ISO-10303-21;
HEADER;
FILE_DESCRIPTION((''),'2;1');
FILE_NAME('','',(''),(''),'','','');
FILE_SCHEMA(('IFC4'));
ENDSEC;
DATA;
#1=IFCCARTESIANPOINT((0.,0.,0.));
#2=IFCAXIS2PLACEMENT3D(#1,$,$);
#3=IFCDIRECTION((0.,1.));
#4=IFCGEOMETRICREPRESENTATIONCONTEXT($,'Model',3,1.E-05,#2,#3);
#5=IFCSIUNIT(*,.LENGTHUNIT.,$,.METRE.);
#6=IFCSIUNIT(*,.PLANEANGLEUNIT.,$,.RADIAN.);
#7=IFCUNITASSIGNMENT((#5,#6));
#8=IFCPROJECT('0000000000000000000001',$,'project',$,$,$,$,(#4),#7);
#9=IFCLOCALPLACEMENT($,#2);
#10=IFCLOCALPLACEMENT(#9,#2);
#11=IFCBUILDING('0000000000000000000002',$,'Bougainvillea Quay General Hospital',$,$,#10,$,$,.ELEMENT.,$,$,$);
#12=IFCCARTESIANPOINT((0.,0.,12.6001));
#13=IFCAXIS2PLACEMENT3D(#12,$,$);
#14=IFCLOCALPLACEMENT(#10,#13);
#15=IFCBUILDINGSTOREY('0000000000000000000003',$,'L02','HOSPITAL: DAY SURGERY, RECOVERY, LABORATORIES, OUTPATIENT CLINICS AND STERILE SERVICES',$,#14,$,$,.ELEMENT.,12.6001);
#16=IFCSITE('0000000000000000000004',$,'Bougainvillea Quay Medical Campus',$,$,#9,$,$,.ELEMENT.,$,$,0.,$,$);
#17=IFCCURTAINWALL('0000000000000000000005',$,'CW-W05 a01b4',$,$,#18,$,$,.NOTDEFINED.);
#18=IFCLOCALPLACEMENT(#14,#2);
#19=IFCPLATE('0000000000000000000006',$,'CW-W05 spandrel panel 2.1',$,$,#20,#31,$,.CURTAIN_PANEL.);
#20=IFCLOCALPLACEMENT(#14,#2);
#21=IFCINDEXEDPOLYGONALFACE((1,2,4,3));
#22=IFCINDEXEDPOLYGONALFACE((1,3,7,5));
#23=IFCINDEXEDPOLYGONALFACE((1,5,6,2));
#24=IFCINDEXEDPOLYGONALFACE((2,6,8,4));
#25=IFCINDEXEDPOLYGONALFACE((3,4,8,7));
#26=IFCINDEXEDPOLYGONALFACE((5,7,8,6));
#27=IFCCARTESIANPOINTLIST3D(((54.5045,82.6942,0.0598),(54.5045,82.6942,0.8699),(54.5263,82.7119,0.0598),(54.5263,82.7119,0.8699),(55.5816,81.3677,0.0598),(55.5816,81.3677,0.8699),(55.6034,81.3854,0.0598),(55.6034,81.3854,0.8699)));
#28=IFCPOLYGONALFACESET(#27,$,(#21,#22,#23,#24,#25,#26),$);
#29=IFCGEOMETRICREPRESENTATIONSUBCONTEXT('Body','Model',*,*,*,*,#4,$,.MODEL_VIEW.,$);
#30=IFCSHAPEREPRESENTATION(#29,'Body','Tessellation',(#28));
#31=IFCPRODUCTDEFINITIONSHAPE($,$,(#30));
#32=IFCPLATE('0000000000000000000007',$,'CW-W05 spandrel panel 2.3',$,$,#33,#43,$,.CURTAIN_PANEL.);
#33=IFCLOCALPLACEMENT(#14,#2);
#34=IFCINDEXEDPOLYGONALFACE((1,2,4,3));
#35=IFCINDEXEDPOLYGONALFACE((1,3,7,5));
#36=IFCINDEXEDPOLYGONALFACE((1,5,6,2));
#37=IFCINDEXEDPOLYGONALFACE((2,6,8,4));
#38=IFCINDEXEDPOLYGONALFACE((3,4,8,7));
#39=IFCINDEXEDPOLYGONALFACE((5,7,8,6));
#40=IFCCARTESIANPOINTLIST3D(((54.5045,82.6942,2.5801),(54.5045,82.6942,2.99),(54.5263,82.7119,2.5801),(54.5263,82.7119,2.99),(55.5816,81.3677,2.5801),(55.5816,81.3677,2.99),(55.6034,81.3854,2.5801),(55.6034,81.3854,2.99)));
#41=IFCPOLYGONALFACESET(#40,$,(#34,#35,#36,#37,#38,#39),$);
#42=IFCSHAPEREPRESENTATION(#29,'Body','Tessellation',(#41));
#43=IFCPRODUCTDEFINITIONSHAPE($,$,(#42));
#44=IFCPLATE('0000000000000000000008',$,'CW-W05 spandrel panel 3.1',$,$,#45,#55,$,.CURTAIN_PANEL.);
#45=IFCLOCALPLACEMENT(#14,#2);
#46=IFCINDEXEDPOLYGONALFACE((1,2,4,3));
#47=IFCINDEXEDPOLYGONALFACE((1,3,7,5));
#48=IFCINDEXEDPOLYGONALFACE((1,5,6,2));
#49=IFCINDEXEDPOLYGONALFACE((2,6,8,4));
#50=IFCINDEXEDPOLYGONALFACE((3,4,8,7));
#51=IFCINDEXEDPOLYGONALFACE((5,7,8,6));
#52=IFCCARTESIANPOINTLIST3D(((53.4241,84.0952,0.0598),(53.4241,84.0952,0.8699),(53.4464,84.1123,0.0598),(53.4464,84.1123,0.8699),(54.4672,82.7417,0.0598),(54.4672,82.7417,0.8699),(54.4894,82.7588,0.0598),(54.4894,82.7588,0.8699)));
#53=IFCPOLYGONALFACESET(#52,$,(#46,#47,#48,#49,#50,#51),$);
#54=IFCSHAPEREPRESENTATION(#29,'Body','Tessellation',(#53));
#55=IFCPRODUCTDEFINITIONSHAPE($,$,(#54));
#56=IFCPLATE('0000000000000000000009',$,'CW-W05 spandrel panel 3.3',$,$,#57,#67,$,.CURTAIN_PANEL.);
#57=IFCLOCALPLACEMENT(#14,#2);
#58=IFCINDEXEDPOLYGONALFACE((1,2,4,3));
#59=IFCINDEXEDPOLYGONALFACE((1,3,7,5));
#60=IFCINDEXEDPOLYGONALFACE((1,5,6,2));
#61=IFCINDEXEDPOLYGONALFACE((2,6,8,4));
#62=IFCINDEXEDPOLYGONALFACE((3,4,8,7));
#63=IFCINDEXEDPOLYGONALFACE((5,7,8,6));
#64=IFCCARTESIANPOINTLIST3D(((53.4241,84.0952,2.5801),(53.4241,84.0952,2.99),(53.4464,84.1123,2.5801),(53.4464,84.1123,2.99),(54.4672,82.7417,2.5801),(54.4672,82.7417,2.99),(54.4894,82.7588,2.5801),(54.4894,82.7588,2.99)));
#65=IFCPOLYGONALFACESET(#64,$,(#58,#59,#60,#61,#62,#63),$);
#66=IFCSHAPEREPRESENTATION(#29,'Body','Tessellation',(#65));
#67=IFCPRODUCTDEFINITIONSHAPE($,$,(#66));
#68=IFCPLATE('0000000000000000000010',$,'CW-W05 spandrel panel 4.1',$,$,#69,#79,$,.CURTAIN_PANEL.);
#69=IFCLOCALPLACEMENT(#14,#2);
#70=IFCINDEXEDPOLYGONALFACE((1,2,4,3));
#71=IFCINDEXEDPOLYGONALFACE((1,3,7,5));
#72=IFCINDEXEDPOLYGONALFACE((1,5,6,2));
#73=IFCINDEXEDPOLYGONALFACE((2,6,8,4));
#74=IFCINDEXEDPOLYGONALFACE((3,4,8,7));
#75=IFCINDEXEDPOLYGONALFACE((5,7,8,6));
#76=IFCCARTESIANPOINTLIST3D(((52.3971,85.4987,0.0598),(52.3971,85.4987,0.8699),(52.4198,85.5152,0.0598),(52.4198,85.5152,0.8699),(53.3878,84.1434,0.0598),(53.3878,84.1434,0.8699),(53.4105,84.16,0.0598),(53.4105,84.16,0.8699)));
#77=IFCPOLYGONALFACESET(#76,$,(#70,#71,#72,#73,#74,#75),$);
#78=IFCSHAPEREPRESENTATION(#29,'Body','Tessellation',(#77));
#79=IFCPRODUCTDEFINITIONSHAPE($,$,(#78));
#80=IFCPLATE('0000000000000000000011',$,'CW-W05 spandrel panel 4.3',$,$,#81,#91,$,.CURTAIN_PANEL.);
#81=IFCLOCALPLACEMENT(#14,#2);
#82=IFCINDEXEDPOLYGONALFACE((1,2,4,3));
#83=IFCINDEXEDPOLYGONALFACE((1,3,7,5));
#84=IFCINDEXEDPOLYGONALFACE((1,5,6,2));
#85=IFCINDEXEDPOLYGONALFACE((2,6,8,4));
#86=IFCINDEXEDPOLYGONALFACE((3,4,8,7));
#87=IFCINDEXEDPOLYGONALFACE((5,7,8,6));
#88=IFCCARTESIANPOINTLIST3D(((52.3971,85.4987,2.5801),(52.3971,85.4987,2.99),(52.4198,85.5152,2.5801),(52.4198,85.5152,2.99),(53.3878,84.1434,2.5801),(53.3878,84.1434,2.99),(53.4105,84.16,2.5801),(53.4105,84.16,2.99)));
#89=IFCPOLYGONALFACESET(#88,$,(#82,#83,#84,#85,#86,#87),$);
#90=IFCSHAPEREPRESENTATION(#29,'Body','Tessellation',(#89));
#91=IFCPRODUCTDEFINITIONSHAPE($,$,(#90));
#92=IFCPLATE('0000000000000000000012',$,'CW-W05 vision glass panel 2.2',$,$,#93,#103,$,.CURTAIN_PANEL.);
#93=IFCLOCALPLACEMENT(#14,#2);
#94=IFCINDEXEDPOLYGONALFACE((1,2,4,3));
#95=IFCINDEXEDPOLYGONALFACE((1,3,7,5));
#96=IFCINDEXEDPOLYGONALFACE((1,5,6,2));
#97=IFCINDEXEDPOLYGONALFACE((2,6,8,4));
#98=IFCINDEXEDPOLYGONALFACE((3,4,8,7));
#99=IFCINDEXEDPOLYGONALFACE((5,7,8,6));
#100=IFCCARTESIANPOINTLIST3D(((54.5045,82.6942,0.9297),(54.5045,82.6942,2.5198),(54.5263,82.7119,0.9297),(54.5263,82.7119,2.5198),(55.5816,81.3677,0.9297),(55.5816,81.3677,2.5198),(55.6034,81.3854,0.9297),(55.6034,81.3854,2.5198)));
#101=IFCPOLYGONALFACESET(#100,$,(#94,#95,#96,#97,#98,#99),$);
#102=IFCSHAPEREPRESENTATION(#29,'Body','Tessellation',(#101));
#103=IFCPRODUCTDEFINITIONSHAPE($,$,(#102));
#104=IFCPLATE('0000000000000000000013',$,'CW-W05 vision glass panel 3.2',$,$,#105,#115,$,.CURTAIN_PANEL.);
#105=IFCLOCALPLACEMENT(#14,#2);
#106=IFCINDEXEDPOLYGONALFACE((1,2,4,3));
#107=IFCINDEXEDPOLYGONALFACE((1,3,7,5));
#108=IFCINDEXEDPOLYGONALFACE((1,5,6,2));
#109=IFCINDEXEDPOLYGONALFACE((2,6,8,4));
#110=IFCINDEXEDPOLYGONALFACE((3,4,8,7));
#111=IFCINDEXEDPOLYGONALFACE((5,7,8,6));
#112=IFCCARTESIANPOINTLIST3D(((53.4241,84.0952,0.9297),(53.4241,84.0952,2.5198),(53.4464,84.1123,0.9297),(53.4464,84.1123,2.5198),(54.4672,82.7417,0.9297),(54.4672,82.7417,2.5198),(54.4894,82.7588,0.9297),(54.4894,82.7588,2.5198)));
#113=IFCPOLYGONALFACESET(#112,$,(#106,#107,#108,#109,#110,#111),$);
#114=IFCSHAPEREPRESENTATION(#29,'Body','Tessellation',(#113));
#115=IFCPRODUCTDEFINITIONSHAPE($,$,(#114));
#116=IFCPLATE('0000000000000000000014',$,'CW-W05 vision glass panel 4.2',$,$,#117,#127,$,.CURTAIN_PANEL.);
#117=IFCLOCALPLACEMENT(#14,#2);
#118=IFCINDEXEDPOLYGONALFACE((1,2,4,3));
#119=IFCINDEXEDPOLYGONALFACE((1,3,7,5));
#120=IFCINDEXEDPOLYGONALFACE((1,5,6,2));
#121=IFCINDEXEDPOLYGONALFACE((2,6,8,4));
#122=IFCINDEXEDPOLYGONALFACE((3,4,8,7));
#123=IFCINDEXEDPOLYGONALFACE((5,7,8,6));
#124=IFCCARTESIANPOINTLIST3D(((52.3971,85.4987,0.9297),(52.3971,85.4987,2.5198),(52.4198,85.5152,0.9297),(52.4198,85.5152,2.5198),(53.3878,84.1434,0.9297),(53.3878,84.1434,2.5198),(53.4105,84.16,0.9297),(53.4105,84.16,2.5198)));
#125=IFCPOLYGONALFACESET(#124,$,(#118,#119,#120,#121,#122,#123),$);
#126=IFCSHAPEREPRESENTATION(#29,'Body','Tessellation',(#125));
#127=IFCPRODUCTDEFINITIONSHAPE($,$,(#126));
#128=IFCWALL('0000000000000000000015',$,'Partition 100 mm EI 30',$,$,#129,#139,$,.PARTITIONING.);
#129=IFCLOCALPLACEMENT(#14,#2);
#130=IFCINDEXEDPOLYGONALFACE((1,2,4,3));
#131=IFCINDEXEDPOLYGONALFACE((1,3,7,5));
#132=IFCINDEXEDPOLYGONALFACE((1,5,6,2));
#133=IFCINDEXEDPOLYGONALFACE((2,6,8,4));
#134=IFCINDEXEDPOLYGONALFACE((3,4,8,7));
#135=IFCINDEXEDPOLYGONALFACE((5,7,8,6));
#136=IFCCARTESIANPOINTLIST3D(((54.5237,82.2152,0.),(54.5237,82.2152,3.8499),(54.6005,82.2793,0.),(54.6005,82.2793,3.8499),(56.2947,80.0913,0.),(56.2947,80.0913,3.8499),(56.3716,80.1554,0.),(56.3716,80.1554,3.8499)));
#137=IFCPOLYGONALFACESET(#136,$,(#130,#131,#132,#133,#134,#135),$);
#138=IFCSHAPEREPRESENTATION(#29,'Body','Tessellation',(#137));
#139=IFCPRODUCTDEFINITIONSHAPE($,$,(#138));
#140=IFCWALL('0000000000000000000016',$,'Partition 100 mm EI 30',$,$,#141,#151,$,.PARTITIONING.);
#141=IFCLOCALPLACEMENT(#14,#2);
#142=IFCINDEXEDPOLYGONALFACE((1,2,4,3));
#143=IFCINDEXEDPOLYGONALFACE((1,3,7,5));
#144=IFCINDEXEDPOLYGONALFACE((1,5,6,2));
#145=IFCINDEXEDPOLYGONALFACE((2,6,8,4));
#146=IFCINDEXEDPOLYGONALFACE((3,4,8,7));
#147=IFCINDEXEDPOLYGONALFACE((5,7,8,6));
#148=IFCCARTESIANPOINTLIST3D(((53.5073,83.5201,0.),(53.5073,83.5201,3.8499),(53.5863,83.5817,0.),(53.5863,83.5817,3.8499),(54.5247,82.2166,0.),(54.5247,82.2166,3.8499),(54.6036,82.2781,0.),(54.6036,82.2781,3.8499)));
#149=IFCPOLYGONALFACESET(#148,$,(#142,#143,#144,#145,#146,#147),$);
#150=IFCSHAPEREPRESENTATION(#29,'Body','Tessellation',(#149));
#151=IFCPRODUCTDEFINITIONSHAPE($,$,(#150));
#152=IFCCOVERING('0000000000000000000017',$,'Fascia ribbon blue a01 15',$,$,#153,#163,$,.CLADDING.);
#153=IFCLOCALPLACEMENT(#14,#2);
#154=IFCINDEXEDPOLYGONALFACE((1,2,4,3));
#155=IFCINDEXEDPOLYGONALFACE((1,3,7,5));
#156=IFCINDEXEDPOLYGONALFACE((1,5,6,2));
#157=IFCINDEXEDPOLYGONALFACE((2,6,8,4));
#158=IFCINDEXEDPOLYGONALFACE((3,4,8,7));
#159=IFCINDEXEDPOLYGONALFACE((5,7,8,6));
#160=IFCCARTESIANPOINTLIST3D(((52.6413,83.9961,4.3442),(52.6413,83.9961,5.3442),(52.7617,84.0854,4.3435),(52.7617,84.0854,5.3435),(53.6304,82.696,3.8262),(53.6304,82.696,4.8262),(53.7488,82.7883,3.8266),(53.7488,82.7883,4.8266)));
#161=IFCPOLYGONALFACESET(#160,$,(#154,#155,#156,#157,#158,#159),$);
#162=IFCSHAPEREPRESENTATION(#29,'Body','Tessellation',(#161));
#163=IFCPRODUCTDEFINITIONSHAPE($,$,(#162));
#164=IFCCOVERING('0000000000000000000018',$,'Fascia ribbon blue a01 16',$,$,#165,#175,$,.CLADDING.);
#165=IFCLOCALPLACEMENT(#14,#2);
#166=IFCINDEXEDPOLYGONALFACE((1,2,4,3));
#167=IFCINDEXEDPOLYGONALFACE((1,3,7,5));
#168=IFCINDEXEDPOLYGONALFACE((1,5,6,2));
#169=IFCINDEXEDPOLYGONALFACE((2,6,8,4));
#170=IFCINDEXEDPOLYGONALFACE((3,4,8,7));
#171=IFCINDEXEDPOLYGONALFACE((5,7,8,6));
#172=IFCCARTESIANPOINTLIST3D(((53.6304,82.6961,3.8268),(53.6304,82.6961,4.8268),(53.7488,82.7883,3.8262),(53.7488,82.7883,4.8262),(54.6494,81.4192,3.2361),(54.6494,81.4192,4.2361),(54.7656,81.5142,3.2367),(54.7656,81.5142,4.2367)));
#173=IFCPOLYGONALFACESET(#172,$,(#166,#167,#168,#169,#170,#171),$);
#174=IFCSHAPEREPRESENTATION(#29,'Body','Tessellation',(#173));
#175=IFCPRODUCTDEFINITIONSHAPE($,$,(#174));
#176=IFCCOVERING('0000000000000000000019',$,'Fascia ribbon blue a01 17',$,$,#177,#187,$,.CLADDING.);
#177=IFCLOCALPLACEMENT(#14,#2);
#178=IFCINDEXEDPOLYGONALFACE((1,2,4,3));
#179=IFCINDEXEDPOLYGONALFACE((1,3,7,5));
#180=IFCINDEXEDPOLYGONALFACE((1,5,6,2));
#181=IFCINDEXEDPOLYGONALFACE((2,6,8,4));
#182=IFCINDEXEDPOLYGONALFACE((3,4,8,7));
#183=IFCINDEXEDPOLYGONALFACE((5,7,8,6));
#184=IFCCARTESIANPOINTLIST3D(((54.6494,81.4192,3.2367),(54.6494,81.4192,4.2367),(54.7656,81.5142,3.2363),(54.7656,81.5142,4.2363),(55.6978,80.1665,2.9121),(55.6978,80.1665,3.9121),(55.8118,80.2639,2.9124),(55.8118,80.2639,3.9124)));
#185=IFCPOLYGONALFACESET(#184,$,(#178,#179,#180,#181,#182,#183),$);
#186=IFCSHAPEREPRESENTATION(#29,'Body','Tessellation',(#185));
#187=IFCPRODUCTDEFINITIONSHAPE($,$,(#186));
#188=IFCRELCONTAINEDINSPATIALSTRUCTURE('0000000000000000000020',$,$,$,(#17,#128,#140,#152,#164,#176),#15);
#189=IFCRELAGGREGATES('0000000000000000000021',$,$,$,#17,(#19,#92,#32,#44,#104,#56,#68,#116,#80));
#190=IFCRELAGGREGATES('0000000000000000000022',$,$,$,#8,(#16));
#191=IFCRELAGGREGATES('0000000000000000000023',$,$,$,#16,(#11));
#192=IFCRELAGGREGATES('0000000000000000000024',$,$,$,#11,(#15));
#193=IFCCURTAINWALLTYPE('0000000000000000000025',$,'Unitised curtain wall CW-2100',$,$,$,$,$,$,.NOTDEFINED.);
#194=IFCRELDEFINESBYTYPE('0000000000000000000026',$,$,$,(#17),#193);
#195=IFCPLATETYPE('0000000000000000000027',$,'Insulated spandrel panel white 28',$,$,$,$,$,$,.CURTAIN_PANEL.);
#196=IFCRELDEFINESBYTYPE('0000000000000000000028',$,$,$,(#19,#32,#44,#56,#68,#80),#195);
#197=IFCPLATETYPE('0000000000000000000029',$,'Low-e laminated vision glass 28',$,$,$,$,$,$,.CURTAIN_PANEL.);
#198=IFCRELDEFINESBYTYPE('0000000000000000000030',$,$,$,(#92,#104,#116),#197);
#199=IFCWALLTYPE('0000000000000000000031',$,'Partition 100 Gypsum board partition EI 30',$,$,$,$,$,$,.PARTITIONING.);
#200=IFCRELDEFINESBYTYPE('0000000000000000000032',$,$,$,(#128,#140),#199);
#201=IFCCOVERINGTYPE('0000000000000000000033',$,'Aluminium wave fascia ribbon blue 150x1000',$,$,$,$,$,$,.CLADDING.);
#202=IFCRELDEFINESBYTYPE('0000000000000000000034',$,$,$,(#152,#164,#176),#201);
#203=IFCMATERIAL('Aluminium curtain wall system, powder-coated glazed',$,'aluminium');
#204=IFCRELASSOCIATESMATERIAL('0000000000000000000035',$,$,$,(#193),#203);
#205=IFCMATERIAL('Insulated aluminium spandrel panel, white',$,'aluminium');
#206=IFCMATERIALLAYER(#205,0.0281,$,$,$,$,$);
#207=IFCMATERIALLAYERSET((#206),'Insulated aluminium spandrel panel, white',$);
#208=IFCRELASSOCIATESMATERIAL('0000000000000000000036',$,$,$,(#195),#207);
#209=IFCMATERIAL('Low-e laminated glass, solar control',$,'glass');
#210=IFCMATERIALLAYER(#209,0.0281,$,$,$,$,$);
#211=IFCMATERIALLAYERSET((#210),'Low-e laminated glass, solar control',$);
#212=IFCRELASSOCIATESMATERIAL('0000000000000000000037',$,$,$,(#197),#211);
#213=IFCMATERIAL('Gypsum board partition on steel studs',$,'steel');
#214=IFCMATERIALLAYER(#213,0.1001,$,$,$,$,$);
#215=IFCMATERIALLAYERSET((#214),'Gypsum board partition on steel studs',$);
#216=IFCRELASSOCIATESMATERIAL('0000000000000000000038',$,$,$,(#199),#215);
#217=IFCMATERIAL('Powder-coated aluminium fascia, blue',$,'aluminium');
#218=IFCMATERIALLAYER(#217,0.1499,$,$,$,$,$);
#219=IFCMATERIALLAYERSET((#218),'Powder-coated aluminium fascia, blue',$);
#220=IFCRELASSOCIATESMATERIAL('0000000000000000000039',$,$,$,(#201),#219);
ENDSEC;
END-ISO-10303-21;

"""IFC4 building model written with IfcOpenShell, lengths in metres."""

from ifc_helpers import new_model, si_unit, direction, frame, frame_2d, origin, origin_2d, place, context, subcontext, project, spatial, polyline, rectangle, outline, extrude, material, layer, layer_set, type_object, element, aggregate, save


model = new_model("IFC4")

# Units and contexts
model_context = context("Model", 3, precision=1e-05, world=origin(), true_north=direction((0.0, 1.0)))
body_context = subcontext(model_context, "Body", "Model", "MODEL_VIEW")
ifc_project = project(units=[si_unit("LENGTHUNIT", "METRE"), si_unit("PLANEANGLEUNIT", "RADIAN")], contexts=[model_context])

# Site, building, storey
site_placement = place(None, origin())
site = spatial("IfcSite", under=ifc_project, at=site_placement, Name="Bougainvillea Quay Medical Campus", CompositionType="ELEMENT", RefElevation=0.0)
building_placement = place(site_placement, origin())
building = spatial("IfcBuilding", under=site, at=building_placement, Name="Bougainvillea Quay General Hospital", CompositionType="ELEMENT")
storey_placement = place(building_placement, frame((0.0, 0.0, 12.6001)))
storey = spatial("IfcBuildingStorey", under=building, at=storey_placement, Name="L02", Description="HOSPITAL: DAY SURGERY, RECOVERY, LABORATORIES, OUTPATIENT CLINICS AND STERILE SERVICES", CompositionType="ELEMENT", Elevation=12.6001)

# Curtain wall, plates
ifc_material_1 = material(Name="Aluminium curtain wall system, powder-coated glazed", Category="aluminium")
curtain_wall_type = type_object("IfcCurtainWallType", Name="Unitised curtain wall CW-2100", PredefinedType="NOTDEFINED", material=ifc_material_1)
curtain_wall_placement = place(storey_placement, origin())
curtain_wall = element("IfcCurtainWall", 1, at=curtain_wall_placement, inside=storey, type_object=curtain_wall_type, Name="CW-W05 a01b4", PredefinedType="NOTDEFINED")
ifc_material_2 = material(Name="Insulated aluminium spandrel panel, white", Category="aluminium")
ifc_layer_1 = layer(ifc_material_2, 0.0281)
ifc_layer_set_1 = layer_set([ifc_layer_1], Name="Insulated aluminium spandrel panel, white")
plate_type_1 = type_object("IfcPlateType", Name="Insulated spandrel panel white 28", PredefinedType="CURTAIN_PANEL", material=ifc_layer_set_1)
plate_1_placement = place(storey_placement, frame((55.054, 82.0398, 0.0598), z_axis=(0.0, 0.0, 1.0), x_axis=(-0.630303, 0.776349, 0.0)))
plate_1 = element("IfcPlate", 2, at=plate_1_placement, type_object=plate_type_1, Name="CW-W05 spandrel panel 2.1", PredefinedType="CURTAIN_PANEL", context=body_context, shape_type="SweptSolid", body=[
    extrude(rectangle(XDim=1.7087, YDim=0.0281, at=origin_2d()), origin(), (0.0, 0.0, 1.0), 0.8101),
])
plate_2_placement = place(storey_placement, frame((55.054, 82.0398, 2.5801), z_axis=(0.0, 0.0, 1.0), x_axis=(-0.630303, 0.776349, 0.0)))
plate_2 = element("IfcPlate", 3, at=plate_2_placement, type_object=plate_type_1, Name="CW-W05 spandrel panel 2.3", PredefinedType="CURTAIN_PANEL", context=body_context, shape_type="SweptSolid", body=[
    extrude(rectangle(XDim=1.7087, YDim=0.0281, at=origin_2d()), origin(), (0.0, 0.0, 1.0), 0.4099),
])
plate_3_placement = place(storey_placement, frame((53.9568, 83.427, 0.0598), z_axis=(0.0, 0.0, 1.0), x_axis=(-0.610415, 0.792082, 0.0)))
plate_3 = element("IfcPlate", 4, at=plate_3_placement, type_object=plate_type_1, Name="CW-W05 spandrel panel 3.1", PredefinedType="CURTAIN_PANEL", context=body_context, shape_type="SweptSolid", body=[
    extrude(rectangle(XDim=1.7087, YDim=0.0281, at=origin_2d()), origin(), (0.0, 0.0, 1.0), 0.8101),
])
plate_4_placement = place(storey_placement, frame((53.9568, 83.427, 2.5801), z_axis=(0.0, 0.0, 1.0), x_axis=(-0.610415, 0.792082, 0.0)))
plate_4 = element("IfcPlate", 5, at=plate_4_placement, type_object=plate_type_1, Name="CW-W05 spandrel panel 3.3", PredefinedType="CURTAIN_PANEL", context=body_context, shape_type="SweptSolid", body=[
    extrude(rectangle(XDim=1.7087, YDim=0.0281, at=origin_2d()), origin(), (0.0, 0.0, 1.0), 0.4099),
])
plate_5_placement = place(storey_placement, frame((52.9038, 84.8293, 0.0598), z_axis=(0.0, 0.0, 1.0), x_axis=(-0.590134, 0.807305, 0.0)))
plate_5 = element("IfcPlate", 6, at=plate_5_placement, type_object=plate_type_1, Name="CW-W05 spandrel panel 4.1", PredefinedType="CURTAIN_PANEL", context=body_context, shape_type="SweptSolid", body=[
    extrude(rectangle(XDim=1.6787, YDim=0.0281, at=origin_2d()), origin(), (0.0, 0.0, 1.0), 0.8101),
])
plate_6_placement = place(storey_placement, frame((52.9038, 84.8293, 2.5801), z_axis=(0.0, 0.0, 1.0), x_axis=(-0.590134, 0.807305, 0.0)))
plate_6 = element("IfcPlate", 7, at=plate_6_placement, type_object=plate_type_1, Name="CW-W05 spandrel panel 4.3", PredefinedType="CURTAIN_PANEL", context=body_context, shape_type="SweptSolid", body=[
    extrude(rectangle(XDim=1.6787, YDim=0.0281, at=origin_2d()), origin(), (0.0, 0.0, 1.0), 0.4099),
])
ifc_material_3 = material(Name="Low-e laminated glass, solar control", Category="glass")
ifc_layer_2 = layer(ifc_material_3, 0.0281)
ifc_layer_set_2 = layer_set([ifc_layer_2], Name="Low-e laminated glass, solar control")
plate_type_2 = type_object("IfcPlateType", Name="Low-e laminated vision glass 28", PredefinedType="CURTAIN_PANEL", material=ifc_layer_set_2)
plate_7_placement = place(storey_placement, frame((55.054, 82.0398, 0.9297), z_axis=(0.0, 0.0, 1.0), x_axis=(-0.630303, 0.776349, 0.0)))
plate_7 = element("IfcPlate", 8, at=plate_7_placement, type_object=plate_type_2, Name="CW-W05 vision glass panel 2.2", PredefinedType="CURTAIN_PANEL", context=body_context, shape_type="SweptSolid", body=[
    extrude(rectangle(XDim=1.7087, YDim=0.0281, at=origin_2d()), origin(), (0.0, 0.0, 1.0), 1.5901),
])
plate_8_placement = place(storey_placement, frame((53.9568, 83.427, 0.9297), z_axis=(0.0, 0.0, 1.0), x_axis=(-0.610415, 0.792082, 0.0)))
plate_8 = element("IfcPlate", 9, at=plate_8_placement, type_object=plate_type_2, Name="CW-W05 vision glass panel 3.2", PredefinedType="CURTAIN_PANEL", context=body_context, shape_type="SweptSolid", body=[
    extrude(rectangle(XDim=1.7087, YDim=0.0281, at=origin_2d()), origin(), (0.0, 0.0, 1.0), 1.5901),
])
plate_9_placement = place(storey_placement, frame((52.9038, 84.8293, 0.9297), z_axis=(0.0, 0.0, 1.0), x_axis=(-0.590134, 0.807305, 0.0)))
plate_9 = element("IfcPlate", 10, at=plate_9_placement, type_object=plate_type_2, Name="CW-W05 vision glass panel 4.2", PredefinedType="CURTAIN_PANEL", context=body_context, shape_type="SweptSolid", body=[
    extrude(rectangle(XDim=1.6787, YDim=0.0281, at=origin_2d()), origin(), (0.0, 0.0, 1.0), 1.5901),
])
aggregate(curtain_wall, [plate_1, plate_7, plate_2, plate_3, plate_8, plate_4, plate_5, plate_9, plate_6])

# Walls
ifc_material_4 = material(Name="Gypsum board partition on steel studs", Category="steel")
ifc_layer_3 = layer(ifc_material_4, 0.1001)
ifc_layer_set_3 = layer_set([ifc_layer_3], Name="Gypsum board partition on steel studs")
wall_type = type_object("IfcWallType", Name="Partition 100 Gypsum board partition EI 30", PredefinedType="PARTITIONING", material=ifc_layer_set_3)
wall_1_placement = place(storey_placement, frame((54.562, 82.2473, 0.0), z_axis=(0.0, 0.0, 1.0), x_axis=(0.640436, -0.768011, 0.0)))
element("IfcWall", 11, at=wall_1_placement, inside=storey, type_object=wall_type, Name="Partition 100 mm EI 30", PredefinedType="PARTITIONING", context=body_context, shape_type="SweptSolid", body=[
    extrude(rectangle(XDim=2.7654, YDim=0.1001, at=frame_2d((1.3828, 0.0))), origin(), (0.0, 0.0, 1.0), 3.8499),
])
wall_2_placement = place(storey_placement, frame((53.5469, 83.5508, 0.0), z_axis=(0.0, 0.0, 1.0), x_axis=(0.615269, -0.788318, 0.0)))
element("IfcWall", 12, at=wall_2_placement, inside=storey, type_object=wall_type, Name="Partition 100 mm EI 30", PredefinedType="PARTITIONING", context=body_context, shape_type="SweptSolid", body=[
    extrude(rectangle(XDim=1.6536, YDim=0.1001, at=frame_2d((0.8267, 0.0))), origin(), (0.0, 0.0, 1.0), 3.8499),
])

# Coverings
ifc_material_5 = material(Name="Powder-coated aluminium fascia, blue", Category="aluminium")
ifc_layer_4 = layer(ifc_material_5, 0.1499)
ifc_layer_set_4 = layer_set([ifc_layer_4], Name="Powder-coated aluminium fascia, blue")
covering_type = type_object("IfcCoveringType", Name="Aluminium wave fascia ribbon blue 150x1000", PredefinedType="CLADDING", material=ifc_layer_set_4)
covering_1_placement = place(storey_placement, frame((52.7617, 84.0854, 4.3435), z_axis=(0.183638, -0.240113, 0.953217), x_axis=(0.577239, -0.758563, -0.302286)))
element("IfcCovering", 13, at=covering_1_placement, inside=storey, type_object=covering_type, Name="Fascia ribbon blue a01 15", PredefinedType="CLADDING", context=body_context, shape_type="SweptSolid", body=[
    extrude(outline(polyline([(0.0, 0.0), (1.71, 0.0), (1.7118, -0.1501), (-0.0019, -0.1499), (0.0, 0.0)])), origin(), (-0.302286, -0.000698, 0.953217), 1.0),
])
covering_2_placement = place(storey_placement, frame((53.7488, 82.7883, 3.8262), z_axis=(0.212121, -0.265773, 0.940409), x_axis=(0.586593, -0.735036, -0.340045)))
element("IfcCovering", 14, at=covering_2_placement, inside=storey, type_object=covering_type, Name="Fascia ribbon blue a01 16", PredefinedType="CLADDING", context=body_context, shape_type="SweptSolid", body=[
    extrude(outline(polyline([(0.0, 0.0), (1.7334, 0.0), (1.7353, -0.1501), (-0.0019, -0.1501), (0.0, 0.0)])), origin(), (-0.340045, -0.000016, 0.940409), 1.0),
])
covering_3_placement = place(storey_placement, frame((54.7656, 81.5142, 3.2363), z_axis=(0.124958, -0.149538, 0.980828), x_axis=(0.629427, -0.752227, -0.194875)))
element("IfcCovering", 15, at=covering_3_placement, inside=storey, type_object=covering_type, Name="Fascia ribbon blue a01 17", PredefinedType="CLADDING", context=body_context, shape_type="SweptSolid", body=[
    extrude(outline(polyline([(0.0, 0.0), (1.6621, 0.0), (1.6636, -0.15), (-0.0018, -0.1501), (0.0, 0.0)])), origin(), (-0.194875, 0.000126, 0.980828), 1.0),
])

save(model, "model.ifc")
